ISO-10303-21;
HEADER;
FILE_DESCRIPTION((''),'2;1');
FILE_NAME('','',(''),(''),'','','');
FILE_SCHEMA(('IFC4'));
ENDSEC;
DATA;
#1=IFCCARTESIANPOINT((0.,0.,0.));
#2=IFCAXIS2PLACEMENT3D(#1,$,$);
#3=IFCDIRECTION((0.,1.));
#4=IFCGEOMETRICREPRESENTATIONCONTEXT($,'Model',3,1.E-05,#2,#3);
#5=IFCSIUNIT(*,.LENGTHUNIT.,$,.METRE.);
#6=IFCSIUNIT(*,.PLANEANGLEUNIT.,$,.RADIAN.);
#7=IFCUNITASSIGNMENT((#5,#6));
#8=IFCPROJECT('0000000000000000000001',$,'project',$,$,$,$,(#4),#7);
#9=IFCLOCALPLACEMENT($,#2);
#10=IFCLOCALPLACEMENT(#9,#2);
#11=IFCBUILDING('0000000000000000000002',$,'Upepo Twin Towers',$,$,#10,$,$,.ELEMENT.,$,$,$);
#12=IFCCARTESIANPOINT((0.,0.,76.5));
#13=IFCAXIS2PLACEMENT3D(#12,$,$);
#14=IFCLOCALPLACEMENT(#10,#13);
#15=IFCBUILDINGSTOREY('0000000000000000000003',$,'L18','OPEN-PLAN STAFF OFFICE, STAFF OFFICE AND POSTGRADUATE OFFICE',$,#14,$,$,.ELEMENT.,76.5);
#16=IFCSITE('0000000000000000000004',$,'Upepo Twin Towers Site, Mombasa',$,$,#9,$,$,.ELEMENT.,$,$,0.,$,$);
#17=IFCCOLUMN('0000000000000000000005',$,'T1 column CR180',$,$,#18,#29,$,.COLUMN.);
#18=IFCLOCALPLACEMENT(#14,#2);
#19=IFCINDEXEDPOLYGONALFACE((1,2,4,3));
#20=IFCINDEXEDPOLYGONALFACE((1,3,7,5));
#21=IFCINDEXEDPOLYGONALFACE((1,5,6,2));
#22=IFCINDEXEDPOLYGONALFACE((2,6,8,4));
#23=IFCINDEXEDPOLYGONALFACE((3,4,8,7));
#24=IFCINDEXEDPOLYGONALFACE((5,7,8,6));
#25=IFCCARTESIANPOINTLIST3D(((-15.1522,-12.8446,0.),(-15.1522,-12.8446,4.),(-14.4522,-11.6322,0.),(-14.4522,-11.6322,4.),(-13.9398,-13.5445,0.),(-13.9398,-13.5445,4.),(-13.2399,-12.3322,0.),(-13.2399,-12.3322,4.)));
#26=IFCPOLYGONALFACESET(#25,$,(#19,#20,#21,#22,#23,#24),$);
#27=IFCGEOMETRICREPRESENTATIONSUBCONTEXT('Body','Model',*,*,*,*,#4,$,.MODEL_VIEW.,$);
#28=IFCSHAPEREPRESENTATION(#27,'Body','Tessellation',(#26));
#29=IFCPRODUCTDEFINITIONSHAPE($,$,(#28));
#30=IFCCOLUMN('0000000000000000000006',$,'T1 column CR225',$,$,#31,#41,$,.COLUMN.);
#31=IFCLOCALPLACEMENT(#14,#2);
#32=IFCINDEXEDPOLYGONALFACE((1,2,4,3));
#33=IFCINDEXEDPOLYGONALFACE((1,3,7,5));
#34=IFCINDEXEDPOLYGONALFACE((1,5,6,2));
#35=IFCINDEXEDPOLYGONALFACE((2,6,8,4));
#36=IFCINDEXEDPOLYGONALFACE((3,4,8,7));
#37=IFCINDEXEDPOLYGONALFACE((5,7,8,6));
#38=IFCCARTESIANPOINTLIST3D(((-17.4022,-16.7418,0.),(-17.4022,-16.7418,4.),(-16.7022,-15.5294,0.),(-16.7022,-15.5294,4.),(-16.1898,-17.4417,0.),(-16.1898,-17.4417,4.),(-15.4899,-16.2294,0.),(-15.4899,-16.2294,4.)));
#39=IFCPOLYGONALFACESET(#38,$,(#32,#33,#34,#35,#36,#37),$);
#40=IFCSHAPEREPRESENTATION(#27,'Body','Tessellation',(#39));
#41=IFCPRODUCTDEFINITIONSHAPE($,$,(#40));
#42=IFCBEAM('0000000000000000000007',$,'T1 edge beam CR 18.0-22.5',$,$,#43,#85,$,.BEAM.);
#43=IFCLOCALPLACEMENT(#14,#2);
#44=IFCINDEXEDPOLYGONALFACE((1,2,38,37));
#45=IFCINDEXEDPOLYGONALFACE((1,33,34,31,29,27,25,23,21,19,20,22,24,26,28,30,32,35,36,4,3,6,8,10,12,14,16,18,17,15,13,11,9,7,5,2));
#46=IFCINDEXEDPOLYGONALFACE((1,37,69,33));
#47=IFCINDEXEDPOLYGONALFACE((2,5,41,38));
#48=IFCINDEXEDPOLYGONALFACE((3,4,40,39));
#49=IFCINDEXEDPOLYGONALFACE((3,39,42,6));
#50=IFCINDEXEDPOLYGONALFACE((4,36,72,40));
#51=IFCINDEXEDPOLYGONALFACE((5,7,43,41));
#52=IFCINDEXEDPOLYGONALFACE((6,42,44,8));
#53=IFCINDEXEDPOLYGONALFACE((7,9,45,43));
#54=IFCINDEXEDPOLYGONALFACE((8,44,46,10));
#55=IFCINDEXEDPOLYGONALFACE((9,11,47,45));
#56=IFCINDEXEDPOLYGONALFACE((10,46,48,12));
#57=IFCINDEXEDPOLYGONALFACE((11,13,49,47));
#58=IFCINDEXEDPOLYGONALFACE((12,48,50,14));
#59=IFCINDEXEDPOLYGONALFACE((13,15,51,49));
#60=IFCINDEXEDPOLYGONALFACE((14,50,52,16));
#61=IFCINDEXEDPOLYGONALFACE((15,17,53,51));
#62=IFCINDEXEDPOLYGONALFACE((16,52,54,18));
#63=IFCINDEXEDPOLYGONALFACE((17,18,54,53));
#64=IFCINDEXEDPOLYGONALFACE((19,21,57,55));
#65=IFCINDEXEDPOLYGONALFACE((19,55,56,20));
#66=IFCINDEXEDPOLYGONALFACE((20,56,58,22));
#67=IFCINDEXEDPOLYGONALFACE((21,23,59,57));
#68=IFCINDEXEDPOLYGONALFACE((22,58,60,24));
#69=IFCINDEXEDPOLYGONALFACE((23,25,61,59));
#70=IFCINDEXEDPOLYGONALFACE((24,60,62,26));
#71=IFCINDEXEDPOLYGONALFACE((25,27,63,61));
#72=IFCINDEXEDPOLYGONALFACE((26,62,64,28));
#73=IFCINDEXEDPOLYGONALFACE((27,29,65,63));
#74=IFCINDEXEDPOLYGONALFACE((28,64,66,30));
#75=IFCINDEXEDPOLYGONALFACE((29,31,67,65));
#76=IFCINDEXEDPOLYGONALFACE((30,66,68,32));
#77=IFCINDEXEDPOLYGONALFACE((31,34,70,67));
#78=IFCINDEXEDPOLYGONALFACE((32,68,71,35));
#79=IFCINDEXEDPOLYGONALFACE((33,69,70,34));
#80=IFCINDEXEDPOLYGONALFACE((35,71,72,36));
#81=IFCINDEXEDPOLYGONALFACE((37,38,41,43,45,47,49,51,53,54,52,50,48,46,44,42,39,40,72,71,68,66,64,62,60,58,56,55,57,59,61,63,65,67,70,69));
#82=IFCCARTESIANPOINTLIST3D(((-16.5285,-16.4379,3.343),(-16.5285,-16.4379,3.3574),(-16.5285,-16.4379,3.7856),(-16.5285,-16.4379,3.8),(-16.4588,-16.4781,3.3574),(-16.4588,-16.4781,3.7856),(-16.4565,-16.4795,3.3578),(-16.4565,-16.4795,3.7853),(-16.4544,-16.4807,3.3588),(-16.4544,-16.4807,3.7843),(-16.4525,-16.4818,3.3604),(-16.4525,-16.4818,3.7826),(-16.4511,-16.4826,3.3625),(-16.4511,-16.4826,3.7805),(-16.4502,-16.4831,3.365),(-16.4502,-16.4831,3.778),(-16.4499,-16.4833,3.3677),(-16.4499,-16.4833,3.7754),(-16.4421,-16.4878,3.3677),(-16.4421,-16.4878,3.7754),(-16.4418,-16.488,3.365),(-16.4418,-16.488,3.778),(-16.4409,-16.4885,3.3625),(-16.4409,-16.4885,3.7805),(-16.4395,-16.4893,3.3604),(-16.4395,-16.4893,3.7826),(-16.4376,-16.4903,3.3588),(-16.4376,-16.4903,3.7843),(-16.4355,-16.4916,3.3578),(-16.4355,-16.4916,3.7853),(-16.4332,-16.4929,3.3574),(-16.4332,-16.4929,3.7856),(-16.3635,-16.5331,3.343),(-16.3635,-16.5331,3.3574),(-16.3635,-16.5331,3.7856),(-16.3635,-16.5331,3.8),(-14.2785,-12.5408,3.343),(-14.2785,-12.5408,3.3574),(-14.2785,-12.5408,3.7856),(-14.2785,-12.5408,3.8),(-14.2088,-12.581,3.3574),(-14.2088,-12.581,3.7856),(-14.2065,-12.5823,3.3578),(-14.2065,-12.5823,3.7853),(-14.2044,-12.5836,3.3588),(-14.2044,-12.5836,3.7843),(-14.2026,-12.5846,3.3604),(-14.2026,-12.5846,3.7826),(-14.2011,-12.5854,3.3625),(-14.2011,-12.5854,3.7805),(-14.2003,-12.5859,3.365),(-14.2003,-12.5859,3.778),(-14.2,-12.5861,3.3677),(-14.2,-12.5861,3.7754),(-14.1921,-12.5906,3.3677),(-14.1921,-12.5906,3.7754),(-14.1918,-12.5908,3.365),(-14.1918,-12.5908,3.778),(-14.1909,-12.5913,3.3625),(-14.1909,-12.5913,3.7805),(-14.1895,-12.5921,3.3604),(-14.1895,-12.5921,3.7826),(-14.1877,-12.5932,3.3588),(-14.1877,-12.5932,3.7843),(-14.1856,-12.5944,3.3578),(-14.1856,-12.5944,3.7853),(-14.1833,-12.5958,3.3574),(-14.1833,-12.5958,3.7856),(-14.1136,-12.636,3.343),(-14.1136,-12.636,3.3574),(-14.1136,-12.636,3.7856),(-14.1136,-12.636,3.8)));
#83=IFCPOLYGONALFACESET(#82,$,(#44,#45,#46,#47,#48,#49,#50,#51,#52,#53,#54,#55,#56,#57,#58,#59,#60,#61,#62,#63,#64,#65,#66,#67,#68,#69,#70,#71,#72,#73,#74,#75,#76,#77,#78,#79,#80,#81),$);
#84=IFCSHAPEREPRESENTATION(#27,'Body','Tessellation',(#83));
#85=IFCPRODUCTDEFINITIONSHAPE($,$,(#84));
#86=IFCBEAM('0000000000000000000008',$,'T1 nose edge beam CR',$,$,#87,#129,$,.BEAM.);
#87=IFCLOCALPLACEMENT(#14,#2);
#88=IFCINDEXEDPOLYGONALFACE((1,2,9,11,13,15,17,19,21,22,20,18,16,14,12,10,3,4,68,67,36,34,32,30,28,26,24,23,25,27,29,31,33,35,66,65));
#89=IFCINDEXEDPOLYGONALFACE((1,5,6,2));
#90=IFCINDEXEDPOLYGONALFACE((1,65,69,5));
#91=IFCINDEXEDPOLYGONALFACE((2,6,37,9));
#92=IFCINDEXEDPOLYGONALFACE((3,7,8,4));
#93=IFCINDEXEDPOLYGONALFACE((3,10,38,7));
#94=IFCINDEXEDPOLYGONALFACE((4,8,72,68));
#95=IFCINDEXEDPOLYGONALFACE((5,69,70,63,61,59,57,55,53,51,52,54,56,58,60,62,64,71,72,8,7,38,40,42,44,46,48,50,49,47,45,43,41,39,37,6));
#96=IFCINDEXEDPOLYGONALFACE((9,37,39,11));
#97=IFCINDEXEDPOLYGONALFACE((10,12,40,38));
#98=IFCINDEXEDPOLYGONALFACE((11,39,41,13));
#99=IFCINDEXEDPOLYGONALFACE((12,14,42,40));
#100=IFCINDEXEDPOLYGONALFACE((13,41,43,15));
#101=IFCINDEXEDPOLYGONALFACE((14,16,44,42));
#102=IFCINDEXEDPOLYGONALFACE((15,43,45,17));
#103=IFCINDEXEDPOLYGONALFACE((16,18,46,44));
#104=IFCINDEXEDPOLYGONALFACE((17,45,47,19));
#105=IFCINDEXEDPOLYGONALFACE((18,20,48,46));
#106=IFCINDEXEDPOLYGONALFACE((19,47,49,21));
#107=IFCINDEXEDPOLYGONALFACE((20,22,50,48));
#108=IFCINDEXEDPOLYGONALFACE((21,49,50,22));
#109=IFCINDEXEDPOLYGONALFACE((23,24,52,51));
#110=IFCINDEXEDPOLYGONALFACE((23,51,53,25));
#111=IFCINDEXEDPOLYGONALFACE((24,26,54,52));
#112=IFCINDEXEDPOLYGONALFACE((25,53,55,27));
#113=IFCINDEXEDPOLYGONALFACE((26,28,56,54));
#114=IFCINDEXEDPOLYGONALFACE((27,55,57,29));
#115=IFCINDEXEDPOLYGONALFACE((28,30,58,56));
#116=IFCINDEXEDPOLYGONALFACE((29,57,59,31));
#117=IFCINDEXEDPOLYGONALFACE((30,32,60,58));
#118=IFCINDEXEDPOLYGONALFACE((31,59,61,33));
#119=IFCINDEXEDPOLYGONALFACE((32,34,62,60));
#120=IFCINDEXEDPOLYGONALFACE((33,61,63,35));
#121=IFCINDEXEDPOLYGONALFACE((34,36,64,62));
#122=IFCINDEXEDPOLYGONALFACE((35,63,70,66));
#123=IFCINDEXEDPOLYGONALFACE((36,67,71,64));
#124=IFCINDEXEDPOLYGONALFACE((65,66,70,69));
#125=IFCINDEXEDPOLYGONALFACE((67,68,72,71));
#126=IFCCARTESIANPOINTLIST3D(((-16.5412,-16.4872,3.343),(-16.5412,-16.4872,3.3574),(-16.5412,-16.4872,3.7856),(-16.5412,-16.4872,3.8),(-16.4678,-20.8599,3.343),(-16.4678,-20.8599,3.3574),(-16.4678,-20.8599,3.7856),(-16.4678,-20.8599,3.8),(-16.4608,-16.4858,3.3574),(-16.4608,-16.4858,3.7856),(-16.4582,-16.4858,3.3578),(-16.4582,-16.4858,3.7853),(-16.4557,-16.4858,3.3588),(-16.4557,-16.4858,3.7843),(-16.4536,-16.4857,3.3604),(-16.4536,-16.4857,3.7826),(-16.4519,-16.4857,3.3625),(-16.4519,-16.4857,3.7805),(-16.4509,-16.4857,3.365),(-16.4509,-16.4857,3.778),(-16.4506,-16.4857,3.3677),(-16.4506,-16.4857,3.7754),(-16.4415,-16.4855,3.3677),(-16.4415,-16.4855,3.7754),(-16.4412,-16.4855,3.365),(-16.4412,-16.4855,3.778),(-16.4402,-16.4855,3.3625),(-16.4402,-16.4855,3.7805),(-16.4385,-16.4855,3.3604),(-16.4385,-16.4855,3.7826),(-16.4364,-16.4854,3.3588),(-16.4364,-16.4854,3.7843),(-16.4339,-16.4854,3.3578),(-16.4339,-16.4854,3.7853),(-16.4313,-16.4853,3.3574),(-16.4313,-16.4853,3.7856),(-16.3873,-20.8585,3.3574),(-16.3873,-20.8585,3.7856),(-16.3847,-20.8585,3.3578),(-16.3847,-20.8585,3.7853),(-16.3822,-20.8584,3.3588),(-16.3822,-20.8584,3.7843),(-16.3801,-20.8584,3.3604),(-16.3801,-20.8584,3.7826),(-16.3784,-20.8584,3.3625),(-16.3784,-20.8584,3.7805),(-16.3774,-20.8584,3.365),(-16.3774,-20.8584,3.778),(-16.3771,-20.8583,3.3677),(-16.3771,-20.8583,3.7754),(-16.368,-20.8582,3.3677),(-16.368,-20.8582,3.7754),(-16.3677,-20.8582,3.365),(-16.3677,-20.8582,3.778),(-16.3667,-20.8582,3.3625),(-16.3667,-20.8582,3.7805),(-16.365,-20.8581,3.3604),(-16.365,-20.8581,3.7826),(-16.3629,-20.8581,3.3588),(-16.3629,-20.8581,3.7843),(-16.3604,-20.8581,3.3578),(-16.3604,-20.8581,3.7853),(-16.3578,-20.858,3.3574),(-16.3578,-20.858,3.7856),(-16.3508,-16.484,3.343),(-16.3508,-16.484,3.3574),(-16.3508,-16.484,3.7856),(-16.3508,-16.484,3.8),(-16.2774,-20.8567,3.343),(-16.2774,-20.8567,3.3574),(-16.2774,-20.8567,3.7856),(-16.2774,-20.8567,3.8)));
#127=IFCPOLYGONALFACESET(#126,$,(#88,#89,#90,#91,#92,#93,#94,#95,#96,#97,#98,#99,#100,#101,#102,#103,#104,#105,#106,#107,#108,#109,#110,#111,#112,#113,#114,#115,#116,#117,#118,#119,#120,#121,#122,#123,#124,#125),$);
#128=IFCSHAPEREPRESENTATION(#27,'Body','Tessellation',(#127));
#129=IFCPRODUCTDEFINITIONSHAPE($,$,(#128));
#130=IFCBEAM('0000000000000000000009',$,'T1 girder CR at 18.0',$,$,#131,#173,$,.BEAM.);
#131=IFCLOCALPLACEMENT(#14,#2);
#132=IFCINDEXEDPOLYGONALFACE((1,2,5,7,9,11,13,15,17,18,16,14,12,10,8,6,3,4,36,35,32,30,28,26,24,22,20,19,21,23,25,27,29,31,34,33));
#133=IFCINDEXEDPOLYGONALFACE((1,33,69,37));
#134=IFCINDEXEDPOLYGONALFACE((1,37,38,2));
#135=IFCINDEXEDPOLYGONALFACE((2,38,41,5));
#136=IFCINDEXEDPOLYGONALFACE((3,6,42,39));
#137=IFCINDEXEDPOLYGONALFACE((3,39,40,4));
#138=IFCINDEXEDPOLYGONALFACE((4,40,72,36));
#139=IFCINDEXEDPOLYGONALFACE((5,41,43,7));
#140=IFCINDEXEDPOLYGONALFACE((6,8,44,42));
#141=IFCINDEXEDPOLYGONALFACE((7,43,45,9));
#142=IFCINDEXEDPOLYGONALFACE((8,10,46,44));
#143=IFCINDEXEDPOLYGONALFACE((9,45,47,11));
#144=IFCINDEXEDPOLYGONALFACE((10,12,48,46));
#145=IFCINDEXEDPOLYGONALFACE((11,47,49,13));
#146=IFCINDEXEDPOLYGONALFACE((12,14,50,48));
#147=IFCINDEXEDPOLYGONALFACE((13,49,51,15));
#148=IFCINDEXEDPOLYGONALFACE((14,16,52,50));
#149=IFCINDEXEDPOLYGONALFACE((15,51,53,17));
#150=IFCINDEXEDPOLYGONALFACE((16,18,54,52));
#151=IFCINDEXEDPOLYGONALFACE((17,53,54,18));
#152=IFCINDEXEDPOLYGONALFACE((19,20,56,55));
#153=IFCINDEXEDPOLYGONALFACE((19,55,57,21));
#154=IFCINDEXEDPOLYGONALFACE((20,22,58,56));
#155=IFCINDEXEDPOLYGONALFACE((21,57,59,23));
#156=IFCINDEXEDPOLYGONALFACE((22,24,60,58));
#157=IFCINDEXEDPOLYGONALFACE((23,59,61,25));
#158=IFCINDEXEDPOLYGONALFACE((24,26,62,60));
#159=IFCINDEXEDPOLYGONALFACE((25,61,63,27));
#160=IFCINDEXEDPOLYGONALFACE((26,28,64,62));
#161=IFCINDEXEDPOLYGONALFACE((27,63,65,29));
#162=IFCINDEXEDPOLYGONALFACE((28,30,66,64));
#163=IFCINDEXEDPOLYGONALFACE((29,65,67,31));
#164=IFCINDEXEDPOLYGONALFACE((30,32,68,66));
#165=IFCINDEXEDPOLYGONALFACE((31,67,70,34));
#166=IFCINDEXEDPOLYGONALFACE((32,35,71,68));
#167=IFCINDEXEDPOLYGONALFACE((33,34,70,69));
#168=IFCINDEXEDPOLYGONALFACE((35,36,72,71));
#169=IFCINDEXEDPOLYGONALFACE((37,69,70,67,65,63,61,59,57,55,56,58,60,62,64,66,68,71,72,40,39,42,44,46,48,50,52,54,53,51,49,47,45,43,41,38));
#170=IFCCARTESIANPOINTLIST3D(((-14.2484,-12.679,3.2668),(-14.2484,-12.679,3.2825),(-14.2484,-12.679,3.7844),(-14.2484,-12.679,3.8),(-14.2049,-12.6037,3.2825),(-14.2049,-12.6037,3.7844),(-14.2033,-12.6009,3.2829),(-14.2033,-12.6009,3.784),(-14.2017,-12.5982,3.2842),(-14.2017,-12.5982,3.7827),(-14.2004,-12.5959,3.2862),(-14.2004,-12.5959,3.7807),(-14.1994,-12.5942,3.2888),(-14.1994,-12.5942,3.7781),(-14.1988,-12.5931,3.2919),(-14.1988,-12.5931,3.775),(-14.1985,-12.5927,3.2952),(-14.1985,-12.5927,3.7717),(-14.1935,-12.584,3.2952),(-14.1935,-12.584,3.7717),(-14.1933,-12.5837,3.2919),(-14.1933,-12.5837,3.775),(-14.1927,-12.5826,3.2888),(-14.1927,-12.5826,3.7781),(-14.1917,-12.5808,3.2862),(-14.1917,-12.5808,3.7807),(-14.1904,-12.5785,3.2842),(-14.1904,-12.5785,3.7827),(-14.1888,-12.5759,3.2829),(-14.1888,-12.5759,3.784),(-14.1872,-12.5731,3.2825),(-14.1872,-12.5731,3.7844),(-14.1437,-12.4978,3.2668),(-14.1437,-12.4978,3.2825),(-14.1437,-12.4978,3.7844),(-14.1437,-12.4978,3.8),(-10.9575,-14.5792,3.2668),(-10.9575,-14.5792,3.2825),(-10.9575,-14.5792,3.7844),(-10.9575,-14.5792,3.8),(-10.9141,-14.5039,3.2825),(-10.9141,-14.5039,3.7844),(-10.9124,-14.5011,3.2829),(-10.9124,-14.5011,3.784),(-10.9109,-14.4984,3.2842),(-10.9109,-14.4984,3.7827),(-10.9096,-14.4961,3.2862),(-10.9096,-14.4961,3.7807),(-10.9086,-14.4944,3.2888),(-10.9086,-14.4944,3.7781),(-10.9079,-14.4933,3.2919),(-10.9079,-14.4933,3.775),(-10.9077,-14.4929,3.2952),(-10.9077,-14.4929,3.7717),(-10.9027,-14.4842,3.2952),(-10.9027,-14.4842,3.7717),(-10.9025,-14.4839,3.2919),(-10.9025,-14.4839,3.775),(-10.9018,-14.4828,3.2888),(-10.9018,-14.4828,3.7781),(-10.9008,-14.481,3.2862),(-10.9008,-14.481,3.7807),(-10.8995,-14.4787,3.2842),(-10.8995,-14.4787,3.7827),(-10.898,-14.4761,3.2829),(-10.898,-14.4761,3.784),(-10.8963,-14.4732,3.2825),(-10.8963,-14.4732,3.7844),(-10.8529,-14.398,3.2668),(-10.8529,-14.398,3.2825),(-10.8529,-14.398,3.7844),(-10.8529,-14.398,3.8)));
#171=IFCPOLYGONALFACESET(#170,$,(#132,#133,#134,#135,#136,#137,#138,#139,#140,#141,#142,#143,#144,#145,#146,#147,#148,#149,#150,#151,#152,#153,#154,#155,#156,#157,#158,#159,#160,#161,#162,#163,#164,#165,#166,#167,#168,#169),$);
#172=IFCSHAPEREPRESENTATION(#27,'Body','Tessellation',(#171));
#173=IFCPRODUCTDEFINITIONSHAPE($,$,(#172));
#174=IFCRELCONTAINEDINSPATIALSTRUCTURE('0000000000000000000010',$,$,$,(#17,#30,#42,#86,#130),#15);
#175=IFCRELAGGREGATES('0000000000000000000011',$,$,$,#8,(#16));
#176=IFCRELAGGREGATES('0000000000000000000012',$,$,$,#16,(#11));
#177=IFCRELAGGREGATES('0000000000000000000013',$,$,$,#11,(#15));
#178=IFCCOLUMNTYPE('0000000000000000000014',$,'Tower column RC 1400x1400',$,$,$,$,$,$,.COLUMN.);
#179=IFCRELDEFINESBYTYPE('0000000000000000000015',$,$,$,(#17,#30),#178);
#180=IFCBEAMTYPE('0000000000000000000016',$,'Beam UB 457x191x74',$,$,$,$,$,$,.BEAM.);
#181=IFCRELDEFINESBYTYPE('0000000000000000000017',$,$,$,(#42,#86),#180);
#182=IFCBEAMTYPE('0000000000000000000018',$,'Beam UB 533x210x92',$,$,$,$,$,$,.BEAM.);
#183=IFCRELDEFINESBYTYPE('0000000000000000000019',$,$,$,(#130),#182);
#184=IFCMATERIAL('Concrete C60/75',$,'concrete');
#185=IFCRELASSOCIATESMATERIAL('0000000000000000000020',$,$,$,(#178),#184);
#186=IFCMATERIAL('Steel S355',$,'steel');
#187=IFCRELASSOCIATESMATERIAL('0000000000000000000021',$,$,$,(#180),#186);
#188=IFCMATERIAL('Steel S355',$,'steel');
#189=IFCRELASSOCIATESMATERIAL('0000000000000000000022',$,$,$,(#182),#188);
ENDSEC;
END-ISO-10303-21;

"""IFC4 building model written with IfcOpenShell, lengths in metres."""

from ifc_helpers import new_model, si_unit, direction, frame, origin, origin_2d, place, context, subcontext, project, spatial, rectangle, i_section, extrude, material, material_profile, profile_set, type_object, element, save


model = new_model("IFC4")

# Units and contexts
model_context = context("Model", 3, precision=1e-05, world=origin(), true_north=direction((0.0, 1.0)))
body_context = subcontext(model_context, "Body", "Model", "MODEL_VIEW")
ifc_project = project(units=[si_unit("LENGTHUNIT", "METRE"), si_unit("PLANEANGLEUNIT", "RADIAN")], contexts=[model_context])

# Site, building, storey
site_placement = place(None, origin())
site = spatial("IfcSite", under=ifc_project, at=site_placement, Name="Upepo Twin Towers Site, Mombasa", CompositionType="ELEMENT", RefElevation=0.0)
building_placement = place(site_placement, origin())
building = spatial("IfcBuilding", under=site, at=building_placement, Name="Upepo Twin Towers", CompositionType="ELEMENT")
storey_placement = place(building_placement, frame((0.0, 0.0, 76.5)))
storey = spatial("IfcBuildingStorey", under=building, at=storey_placement, Name="L18", Description="OPEN-PLAN STAFF OFFICE, STAFF OFFICE AND POSTGRADUATE OFFICE", CompositionType="ELEMENT", Elevation=76.5)

# Columns
ifc_material_1 = material(Name="Concrete C60/75", Category="concrete")
ifc_material_profile_1 = material_profile(ifc_material_1, rectangle(XDim=1.3999, YDim=1.3999, at=origin_2d()), Name="RC 1400x1400")
ifc_profile_set_1 = profile_set([ifc_material_profile_1], Name="Concrete C60/75")
column_type = type_object("IfcColumnType", Name="Tower column RC 1400x1400", PredefinedType="COLUMN", material=ifc_profile_set_1)
for number, where, z_axis, x_axis, name in (
    (1, (-14.196, -12.5884, 0.0), (0.0, 0.0, 1.0), (0.5, 0.866025, 0.0), "T1 column CR180"),
    (2, (-16.446, -16.4856, 0.0), (0.0, 0.0, 1.0), (0.5, 0.866025, 0.0), "T1 column CR225"),
):
    element("IfcColumn", number, at=place(storey_placement, frame(where, z_axis=z_axis, x_axis=x_axis)), inside=storey, type_object=column_type, Name=name, PredefinedType="COLUMN", context=body_context, shape_type="SweptSolid", body=[
        extrude(rectangle(XDim=1.3999, YDim=1.3999, at=origin_2d()), origin(), (0.0, 0.0, 1.0), 4.0),
    ])

# Beams
ifc_material_2 = material(Name="Steel S355", Category="steel")
ifc_material_profile_2 = material_profile(ifc_material_2, i_section(OverallWidth=0.1904, OverallDepth=0.457, WebThickness=0.009, FlangeThickness=0.0144, FilletRadius=0.0103, at=origin_2d()), Name="UB 457x191x74")
ifc_profile_set_2 = profile_set([ifc_material_profile_2], Name="Steel S355")
beam_type_1 = type_object("IfcBeamType", Name="Beam UB 457x191x74", PredefinedType="BEAM", material=ifc_profile_set_2)
beam_1_placement = place(storey_placement, frame((-14.196, -12.5884, 3.5715), z_axis=(-0.49999, -0.866031, 0.0), x_axis=(0.866031, -0.49999, 0.0)))
element("IfcBeam", 3, at=beam_1_placement, inside=storey, type_object=beam_type_1, Name="T1 edge beam CR 18.0-22.5", PredefinedType="BEAM", context=body_context, shape_type="SweptSolid", body=[
    extrude(i_section(OverallWidth=0.1904, OverallDepth=0.457, WebThickness=0.009, FlangeThickness=0.0144, FilletRadius=0.0103, at=origin_2d()), origin(), (0.0, 0.0, 1.0), 4.5),
])
beam_2_placement = place(storey_placement, frame((-16.446, -16.4856, 3.5715), z_axis=(0.016804, -0.999859, 0.0), x_axis=(0.999859, 0.016804, 0.0)))
element("IfcBeam", 4, at=beam_2_placement, inside=storey, type_object=beam_type_1, Name="T1 nose edge beam CR", PredefinedType="BEAM", context=body_context, shape_type="SweptSolid", body=[
    extrude(i_section(OverallWidth=0.1904, OverallDepth=0.457, WebThickness=0.009, FlangeThickness=0.0144, FilletRadius=0.0103, at=origin_2d()), origin(), (0.0, 0.0, 1.0), 4.3733),
])
ifc_material_3 = material(Name="Steel S355", Category="steel")
ifc_material_profile_3 = material_profile(ifc_material_3, i_section(OverallWidth=0.2092, OverallDepth=0.5332, WebThickness=0.01, FlangeThickness=0.0156, FilletRadius=0.0127, at=origin_2d()), Name="UB 533x210x92")
ifc_profile_set_3 = profile_set([ifc_material_profile_3], Name="Steel S355")
beam_type_2 = type_object("IfcBeamType", Name="Beam UB 533x210x92", PredefinedType="BEAM", material=ifc_profile_set_3)
beam_3_placement = place(storey_placement, frame((-14.196, -12.5884, 3.5334), z_axis=(0.866, -0.500043, 0.0), x_axis=(0.500043, 0.866, 0.0)))
element("IfcBeam", 5, at=beam_3_placement, inside=storey, type_object=beam_type_2, Name="T1 girder CR at 18.0", PredefinedType="BEAM", context=body_context, shape_type="SweptSolid", body=[
    extrude(i_section(OverallWidth=0.2092, OverallDepth=0.5332, WebThickness=0.01, FlangeThickness=0.0156, FilletRadius=0.0127, at=origin_2d()), origin(), (0.0, 0.0, 1.0), 3.8),
])

save(model, "model.ifc")
